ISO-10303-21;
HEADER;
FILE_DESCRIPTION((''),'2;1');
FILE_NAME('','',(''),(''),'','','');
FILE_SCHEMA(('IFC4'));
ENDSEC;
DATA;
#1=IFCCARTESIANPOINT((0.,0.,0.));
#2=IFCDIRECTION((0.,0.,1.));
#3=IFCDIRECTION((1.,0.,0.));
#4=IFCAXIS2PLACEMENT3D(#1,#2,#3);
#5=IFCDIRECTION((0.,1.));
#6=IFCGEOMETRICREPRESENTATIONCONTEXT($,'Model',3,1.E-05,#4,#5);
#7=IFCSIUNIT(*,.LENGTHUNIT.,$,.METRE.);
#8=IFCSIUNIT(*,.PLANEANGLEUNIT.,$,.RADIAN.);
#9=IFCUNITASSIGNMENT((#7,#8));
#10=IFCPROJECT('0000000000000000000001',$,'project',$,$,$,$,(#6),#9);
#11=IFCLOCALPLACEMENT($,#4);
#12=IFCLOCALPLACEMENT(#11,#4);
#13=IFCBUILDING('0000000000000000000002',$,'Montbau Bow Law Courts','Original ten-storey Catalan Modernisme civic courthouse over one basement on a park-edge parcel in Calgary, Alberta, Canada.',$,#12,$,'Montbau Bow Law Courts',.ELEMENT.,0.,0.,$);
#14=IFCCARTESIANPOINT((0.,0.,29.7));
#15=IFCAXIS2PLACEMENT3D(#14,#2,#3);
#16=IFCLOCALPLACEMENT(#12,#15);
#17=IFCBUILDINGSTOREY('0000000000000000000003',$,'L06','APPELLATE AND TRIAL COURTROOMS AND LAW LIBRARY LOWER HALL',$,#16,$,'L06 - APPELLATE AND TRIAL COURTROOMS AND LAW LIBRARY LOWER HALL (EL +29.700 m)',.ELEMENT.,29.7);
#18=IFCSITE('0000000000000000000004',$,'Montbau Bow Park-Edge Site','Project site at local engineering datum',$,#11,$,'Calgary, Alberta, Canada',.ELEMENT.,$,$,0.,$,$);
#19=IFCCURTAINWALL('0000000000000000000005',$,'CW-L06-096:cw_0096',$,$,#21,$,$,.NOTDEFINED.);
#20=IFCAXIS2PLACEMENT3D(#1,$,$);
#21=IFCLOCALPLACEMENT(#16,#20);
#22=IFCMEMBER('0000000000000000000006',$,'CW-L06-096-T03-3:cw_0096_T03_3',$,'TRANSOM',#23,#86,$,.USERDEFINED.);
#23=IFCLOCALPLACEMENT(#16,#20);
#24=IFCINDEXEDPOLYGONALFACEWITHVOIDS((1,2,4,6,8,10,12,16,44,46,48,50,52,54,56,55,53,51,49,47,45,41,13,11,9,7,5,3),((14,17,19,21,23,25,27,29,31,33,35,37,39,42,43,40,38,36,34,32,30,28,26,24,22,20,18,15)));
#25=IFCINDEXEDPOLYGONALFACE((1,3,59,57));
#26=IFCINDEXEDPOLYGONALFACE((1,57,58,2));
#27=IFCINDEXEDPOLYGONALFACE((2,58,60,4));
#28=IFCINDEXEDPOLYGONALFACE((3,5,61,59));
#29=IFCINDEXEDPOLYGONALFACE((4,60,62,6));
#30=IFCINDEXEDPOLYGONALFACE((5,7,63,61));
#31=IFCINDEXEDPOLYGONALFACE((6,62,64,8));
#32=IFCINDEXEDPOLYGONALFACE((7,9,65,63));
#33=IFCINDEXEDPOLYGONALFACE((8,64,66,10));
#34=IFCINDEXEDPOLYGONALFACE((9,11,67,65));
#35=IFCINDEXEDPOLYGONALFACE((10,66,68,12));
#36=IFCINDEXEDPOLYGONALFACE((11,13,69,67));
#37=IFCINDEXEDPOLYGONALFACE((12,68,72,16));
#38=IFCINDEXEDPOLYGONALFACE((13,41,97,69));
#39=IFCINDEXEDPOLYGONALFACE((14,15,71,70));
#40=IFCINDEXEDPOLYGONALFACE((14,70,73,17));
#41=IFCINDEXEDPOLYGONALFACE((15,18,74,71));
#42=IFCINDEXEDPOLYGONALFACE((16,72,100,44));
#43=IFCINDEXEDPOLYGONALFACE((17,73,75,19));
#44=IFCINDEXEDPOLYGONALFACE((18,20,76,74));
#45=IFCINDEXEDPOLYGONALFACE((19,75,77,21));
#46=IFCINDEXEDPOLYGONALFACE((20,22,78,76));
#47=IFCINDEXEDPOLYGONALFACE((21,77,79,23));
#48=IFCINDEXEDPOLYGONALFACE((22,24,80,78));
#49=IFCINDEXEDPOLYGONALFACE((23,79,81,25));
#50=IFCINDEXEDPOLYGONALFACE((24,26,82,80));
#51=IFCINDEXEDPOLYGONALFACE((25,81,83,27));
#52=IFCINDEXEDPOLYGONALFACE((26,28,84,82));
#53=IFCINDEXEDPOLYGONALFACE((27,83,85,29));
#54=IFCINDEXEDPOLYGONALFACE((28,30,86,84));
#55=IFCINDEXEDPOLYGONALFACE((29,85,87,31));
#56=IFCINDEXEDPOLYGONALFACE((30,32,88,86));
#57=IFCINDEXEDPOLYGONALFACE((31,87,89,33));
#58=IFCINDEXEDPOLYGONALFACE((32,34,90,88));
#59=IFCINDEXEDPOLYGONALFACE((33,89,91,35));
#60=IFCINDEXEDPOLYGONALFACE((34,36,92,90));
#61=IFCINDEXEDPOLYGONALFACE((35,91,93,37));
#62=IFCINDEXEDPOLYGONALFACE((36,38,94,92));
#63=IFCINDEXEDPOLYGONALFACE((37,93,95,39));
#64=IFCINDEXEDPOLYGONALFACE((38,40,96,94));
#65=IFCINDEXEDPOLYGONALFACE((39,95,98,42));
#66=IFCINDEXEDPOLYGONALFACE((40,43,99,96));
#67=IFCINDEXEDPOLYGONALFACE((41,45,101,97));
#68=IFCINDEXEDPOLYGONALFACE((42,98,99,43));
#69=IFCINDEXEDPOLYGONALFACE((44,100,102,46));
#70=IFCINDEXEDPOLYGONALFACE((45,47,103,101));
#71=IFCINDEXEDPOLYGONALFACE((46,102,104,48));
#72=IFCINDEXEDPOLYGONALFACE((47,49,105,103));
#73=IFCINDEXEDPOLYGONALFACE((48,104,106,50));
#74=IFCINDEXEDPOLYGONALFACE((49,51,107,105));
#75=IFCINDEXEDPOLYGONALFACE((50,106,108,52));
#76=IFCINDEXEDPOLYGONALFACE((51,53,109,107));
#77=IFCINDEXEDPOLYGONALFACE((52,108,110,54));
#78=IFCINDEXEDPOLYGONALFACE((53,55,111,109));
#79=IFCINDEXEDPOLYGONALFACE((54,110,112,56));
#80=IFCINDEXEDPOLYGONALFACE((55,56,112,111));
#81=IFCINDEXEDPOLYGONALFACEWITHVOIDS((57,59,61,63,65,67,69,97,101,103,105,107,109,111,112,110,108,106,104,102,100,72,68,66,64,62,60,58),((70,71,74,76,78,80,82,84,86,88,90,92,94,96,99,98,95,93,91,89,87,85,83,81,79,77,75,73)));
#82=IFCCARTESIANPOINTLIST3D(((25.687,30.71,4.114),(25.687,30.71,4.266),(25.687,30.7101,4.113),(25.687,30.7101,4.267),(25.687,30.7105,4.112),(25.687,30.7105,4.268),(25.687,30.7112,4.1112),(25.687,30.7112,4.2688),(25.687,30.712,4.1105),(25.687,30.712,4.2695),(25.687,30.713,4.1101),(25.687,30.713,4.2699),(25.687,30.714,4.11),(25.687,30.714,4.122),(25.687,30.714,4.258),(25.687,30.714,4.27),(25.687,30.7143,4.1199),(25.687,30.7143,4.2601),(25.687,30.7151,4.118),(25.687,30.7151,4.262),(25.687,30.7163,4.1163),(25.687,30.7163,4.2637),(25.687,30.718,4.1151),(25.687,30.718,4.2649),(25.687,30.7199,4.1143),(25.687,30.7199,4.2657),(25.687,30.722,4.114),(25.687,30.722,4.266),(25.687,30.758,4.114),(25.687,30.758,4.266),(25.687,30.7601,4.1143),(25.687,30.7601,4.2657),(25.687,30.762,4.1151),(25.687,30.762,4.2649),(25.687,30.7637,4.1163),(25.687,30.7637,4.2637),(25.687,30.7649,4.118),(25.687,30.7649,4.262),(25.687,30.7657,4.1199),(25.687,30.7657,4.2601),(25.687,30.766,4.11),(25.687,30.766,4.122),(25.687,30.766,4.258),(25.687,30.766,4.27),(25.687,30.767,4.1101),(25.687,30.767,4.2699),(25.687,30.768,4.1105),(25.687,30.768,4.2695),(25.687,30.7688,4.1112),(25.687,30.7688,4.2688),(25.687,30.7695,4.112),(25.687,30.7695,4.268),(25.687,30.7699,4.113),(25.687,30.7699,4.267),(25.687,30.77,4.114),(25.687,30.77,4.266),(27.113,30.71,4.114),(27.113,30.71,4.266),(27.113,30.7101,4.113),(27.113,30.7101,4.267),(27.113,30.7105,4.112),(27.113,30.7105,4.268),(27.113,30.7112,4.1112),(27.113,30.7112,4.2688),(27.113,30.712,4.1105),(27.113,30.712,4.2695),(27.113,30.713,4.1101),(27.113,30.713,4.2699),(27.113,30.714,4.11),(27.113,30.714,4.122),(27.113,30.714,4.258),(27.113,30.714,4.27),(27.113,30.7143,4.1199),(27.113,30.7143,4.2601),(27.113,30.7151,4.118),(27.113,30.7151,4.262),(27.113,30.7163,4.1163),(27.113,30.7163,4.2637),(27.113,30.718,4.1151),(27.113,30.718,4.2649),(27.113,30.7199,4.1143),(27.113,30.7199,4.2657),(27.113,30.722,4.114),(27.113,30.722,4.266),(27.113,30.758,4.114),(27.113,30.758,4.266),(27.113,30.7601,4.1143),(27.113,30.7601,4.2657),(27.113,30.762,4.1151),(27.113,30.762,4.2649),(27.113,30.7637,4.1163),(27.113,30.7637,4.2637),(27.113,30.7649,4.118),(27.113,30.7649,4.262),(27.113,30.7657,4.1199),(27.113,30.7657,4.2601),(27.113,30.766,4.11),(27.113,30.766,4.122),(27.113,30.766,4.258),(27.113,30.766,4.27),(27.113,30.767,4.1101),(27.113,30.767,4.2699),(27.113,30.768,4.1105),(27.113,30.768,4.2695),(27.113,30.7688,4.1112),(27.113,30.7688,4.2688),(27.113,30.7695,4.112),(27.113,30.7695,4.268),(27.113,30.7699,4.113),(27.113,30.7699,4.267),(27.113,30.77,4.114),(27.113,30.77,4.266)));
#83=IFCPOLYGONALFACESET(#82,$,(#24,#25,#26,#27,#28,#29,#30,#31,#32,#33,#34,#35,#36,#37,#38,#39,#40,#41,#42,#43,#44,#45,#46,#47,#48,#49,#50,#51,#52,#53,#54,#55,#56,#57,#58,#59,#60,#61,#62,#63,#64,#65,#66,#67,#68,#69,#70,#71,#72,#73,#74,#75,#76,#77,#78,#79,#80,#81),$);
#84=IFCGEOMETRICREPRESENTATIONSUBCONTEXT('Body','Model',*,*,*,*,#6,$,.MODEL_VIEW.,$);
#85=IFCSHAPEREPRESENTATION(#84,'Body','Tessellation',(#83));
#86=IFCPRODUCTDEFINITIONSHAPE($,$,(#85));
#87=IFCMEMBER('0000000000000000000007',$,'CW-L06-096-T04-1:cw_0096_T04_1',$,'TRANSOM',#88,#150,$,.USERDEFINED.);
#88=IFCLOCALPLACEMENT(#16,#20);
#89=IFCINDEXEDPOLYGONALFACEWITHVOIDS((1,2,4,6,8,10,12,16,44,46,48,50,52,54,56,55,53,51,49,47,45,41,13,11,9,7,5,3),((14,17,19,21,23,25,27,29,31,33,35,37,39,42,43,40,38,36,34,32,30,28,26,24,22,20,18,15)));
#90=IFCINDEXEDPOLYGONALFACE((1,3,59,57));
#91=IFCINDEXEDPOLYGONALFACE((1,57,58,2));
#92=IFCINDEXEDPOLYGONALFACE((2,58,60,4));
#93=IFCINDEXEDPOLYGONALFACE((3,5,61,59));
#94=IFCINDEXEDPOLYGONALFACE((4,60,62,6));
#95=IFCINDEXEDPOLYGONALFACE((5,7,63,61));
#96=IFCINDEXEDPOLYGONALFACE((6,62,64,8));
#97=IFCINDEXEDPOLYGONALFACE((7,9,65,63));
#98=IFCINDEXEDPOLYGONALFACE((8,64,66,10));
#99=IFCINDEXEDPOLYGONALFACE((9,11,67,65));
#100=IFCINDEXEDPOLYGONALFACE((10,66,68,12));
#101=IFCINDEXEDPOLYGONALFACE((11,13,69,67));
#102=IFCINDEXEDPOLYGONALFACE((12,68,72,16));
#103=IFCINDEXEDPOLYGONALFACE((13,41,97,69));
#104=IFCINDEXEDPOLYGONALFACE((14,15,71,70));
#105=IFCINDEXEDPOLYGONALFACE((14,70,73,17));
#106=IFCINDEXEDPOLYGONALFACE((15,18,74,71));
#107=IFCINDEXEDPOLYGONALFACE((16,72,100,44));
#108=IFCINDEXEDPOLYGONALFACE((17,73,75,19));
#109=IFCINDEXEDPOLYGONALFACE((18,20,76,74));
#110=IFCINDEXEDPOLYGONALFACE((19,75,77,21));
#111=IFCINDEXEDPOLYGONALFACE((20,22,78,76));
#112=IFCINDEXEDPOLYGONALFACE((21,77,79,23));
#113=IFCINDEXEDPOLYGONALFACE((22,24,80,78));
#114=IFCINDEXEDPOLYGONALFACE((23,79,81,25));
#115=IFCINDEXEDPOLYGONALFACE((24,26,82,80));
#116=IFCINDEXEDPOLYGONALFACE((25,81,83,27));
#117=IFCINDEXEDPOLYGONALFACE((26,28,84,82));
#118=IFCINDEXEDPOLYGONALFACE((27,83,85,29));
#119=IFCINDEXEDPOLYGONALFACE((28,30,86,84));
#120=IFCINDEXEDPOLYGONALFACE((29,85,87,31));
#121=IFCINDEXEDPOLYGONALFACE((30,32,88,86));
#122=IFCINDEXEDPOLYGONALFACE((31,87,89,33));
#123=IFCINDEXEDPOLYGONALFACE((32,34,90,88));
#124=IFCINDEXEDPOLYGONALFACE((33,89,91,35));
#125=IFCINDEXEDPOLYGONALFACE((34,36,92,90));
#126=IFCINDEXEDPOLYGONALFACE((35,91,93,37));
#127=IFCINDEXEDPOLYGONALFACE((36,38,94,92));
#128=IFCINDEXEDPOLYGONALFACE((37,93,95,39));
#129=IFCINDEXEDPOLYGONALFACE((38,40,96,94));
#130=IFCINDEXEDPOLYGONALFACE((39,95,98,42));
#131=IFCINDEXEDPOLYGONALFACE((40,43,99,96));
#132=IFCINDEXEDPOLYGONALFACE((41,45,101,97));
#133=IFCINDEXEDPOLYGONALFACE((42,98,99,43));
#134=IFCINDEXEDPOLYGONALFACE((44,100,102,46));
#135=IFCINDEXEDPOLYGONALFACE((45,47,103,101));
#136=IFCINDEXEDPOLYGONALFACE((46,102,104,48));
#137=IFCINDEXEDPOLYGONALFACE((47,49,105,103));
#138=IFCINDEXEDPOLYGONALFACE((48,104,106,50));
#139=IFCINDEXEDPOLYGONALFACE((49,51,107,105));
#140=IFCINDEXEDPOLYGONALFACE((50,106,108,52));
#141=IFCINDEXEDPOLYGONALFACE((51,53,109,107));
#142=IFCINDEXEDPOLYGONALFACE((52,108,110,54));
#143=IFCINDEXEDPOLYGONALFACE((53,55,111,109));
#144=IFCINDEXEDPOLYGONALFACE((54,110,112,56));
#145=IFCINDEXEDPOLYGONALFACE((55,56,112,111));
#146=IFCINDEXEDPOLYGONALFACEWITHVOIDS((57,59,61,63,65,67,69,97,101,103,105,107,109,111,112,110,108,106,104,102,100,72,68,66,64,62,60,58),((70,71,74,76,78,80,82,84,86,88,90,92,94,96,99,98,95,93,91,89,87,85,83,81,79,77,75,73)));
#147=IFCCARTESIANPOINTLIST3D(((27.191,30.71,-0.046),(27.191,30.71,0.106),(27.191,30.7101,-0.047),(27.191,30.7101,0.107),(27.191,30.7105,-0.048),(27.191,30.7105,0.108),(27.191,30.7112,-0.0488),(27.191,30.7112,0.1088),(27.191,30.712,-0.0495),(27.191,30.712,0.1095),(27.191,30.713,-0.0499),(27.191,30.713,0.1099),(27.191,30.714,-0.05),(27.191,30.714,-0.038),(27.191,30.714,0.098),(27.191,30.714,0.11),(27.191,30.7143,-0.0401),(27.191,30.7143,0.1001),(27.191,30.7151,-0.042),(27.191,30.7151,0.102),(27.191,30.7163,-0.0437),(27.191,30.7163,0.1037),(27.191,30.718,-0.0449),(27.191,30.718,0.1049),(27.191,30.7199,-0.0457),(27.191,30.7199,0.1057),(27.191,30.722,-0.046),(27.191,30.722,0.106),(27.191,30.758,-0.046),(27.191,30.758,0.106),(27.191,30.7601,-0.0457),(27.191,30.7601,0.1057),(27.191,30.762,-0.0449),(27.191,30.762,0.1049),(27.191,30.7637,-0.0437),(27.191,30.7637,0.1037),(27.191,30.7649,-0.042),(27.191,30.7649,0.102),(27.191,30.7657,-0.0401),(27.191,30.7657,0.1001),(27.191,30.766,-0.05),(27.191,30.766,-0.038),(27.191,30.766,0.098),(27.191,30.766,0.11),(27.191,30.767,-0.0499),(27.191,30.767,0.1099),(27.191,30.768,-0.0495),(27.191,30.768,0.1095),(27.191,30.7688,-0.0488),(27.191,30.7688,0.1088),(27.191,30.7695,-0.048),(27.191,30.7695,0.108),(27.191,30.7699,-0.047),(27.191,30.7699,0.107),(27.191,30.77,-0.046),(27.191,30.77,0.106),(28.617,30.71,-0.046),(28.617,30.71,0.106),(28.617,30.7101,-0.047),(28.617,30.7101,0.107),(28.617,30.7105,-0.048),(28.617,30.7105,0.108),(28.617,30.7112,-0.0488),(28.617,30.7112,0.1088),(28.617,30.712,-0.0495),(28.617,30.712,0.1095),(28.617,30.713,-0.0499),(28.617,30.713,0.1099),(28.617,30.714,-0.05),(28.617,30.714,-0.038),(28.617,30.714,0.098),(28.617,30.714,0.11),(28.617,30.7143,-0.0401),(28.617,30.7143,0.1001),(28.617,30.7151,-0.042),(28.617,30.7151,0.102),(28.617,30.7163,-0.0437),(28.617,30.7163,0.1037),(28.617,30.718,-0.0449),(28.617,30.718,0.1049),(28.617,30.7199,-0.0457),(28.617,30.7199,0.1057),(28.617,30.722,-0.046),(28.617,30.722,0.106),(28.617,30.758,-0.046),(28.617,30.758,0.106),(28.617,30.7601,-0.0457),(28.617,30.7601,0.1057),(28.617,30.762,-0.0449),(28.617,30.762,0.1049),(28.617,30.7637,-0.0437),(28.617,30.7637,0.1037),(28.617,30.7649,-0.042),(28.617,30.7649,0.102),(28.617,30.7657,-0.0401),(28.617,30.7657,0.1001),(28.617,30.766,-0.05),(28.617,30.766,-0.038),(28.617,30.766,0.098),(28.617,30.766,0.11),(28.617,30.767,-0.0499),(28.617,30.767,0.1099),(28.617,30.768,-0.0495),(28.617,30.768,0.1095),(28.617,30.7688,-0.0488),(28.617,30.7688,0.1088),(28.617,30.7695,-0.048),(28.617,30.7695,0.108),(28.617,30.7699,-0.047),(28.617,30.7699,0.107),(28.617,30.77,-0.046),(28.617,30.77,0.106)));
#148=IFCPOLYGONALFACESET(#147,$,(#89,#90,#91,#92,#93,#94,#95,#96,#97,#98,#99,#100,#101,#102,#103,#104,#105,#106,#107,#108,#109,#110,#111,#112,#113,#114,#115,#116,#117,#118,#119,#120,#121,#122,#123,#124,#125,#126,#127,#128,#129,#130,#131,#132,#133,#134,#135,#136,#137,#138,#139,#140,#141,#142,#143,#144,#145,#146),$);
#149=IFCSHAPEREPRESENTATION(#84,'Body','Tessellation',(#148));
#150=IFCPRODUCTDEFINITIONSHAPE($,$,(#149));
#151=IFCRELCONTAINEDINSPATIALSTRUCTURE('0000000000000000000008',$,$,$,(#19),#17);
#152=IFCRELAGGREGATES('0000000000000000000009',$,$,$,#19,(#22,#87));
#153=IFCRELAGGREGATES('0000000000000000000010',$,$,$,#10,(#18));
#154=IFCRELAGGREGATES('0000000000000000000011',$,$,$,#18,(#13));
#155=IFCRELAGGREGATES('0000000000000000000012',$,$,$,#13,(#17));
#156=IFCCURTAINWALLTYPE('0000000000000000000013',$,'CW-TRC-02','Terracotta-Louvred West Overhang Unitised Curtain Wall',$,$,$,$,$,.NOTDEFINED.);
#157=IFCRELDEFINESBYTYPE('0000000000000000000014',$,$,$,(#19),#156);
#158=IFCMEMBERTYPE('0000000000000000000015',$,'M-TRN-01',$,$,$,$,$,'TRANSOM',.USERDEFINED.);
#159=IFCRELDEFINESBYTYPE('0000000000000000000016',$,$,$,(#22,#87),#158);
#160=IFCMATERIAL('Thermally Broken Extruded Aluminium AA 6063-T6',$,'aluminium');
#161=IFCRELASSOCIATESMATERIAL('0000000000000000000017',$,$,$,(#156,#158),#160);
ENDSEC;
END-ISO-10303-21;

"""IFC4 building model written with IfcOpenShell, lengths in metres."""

from ifc_helpers import new_model, si_unit, direction, frame, origin_with_axes, origin_2d_with_axis, place, context, subcontext, project, spatial, hollow_rectangle, extrude, material, material_profile, profile_set, type_object, element, aggregate, save


model = new_model("IFC4")

# Units and contexts
model_context = context("Model", 3, precision=1e-05, world=origin_with_axes(), true_north=direction((0.0, 1.0)))
body_context = subcontext(model_context, "Body", "Model", "MODEL_VIEW")
ifc_project = project(units=[si_unit("LENGTHUNIT", "METRE"), si_unit("PLANEANGLEUNIT", "RADIAN")], contexts=[model_context])

# Site, building, storey
site_placement = place(None, origin_with_axes())
site = spatial("IfcSite", under=ifc_project, at=site_placement, Name="Montbau Bow Park-Edge Site", Description="Project site at local engineering datum", LongName="Calgary, Alberta, Canada", CompositionType="ELEMENT", RefElevation=0.0)
building_placement = place(site_placement, origin_with_axes())
building = spatial("IfcBuilding", under=site, at=building_placement, Name="Montbau Bow Law Courts", Description="Original ten-storey Catalan Modernisme civic courthouse over one basement on a park-edge parcel in Calgary, Alberta, Canada.", LongName="Montbau Bow Law Courts", CompositionType="ELEMENT", ElevationOfRefHeight=0.0, ElevationOfTerrain=0.0)
storey_placement = place(building_placement, frame((0.0, 0.0, 29.7), z_axis=(0.0, 0.0, 1.0), x_axis=(1.0, 0.0, 0.0)))
storey = spatial("IfcBuildingStorey", under=building, at=storey_placement, Name="L06", Description="APPELLATE AND TRIAL COURTROOMS AND LAW LIBRARY LOWER HALL", LongName="L06 - APPELLATE AND TRIAL COURTROOMS AND LAW LIBRARY LOWER HALL (EL +29.700 m)", CompositionType="ELEMENT", Elevation=29.7)

# Curtain wall, members
ifc_material_1 = material(Name="Thermally Broken Extruded Aluminium AA 6063-T6", Category="aluminium")
curtain_wall_type = type_object("IfcCurtainWallType", Name="CW-TRC-02", Description="Terracotta-Louvred West Overhang Unitised Curtain Wall", PredefinedType="NOTDEFINED", material=ifc_material_1)
curtain_wall_placement = place(None, frame((22.64, 30.74, 29.7), z_axis=(0.0, 0.0, 1.0), x_axis=(1.0, 0.0, 0.0)))
curtain_wall = element("IfcCurtainWall", 1, at=curtain_wall_placement, inside=storey, type_object=curtain_wall_type, Name="CW-L06-096:cw_0096", PredefinedType="NOTDEFINED")
ifc_material_profile_1 = material_profile(ifc_material_1, hollow_rectangle(XDim=0.06, YDim=0.16, WallThickness=0.004, InnerFilletRadius=0.008, OuterFilletRadius=0.004, at=origin_2d_with_axis()), Name="CWT-160X60", Category="Main", Priority=0)
ifc_profile_set_1 = profile_set([ifc_material_profile_1], Name="Thermally Broken Extruded Aluminium AA 6063-T6")
member_type_1 = type_object("IfcMemberType", Name="M-TRN-01", ElementType="TRANSOM", PredefinedType="USERDEFINED", material=ifc_profile_set_1)
member_1_placement = place(None, frame((25.687, 30.74, 33.89), z_axis=(1.0, 0.0, 0.0), x_axis=(0.0, 1.0, 0.0)))
member_1 = element("IfcMember", 2, at=member_1_placement, type_object=member_type_1, Name="CW-L06-096-T03-3:cw_0096_T03_3", ObjectType="TRANSOM", PredefinedType="USERDEFINED", context=body_context, shape_type="SweptSolid", body=[
    extrude(hollow_rectangle(XDim=0.06, YDim=0.16, WallThickness=0.004, InnerFilletRadius=0.008, OuterFilletRadius=0.004, at=origin_2d_with_axis()), origin_with_axes(), (0.0, 0.0, 1.0), 1.426),
])
member_2_placement = place(None, frame((27.191, 30.74, 29.73), z_axis=(1.0, 0.0, 0.0), x_axis=(0.0, 1.0, 0.0)))
member_2 = element("IfcMember", 3, at=member_2_placement, type_object=member_type_1, Name="CW-L06-096-T04-1:cw_0096_T04_1", ObjectType="TRANSOM", PredefinedType="USERDEFINED", context=body_context, shape_type="SweptSolid", body=[
    extrude(hollow_rectangle(XDim=0.06, YDim=0.16, WallThickness=0.004, InnerFilletRadius=0.008, OuterFilletRadius=0.004, at=origin_2d_with_axis()), origin_with_axes(), (0.0, 0.0, 1.0), 1.426),
])
aggregate(curtain_wall, [member_1, member_2])

save(model, "model.ifc")
